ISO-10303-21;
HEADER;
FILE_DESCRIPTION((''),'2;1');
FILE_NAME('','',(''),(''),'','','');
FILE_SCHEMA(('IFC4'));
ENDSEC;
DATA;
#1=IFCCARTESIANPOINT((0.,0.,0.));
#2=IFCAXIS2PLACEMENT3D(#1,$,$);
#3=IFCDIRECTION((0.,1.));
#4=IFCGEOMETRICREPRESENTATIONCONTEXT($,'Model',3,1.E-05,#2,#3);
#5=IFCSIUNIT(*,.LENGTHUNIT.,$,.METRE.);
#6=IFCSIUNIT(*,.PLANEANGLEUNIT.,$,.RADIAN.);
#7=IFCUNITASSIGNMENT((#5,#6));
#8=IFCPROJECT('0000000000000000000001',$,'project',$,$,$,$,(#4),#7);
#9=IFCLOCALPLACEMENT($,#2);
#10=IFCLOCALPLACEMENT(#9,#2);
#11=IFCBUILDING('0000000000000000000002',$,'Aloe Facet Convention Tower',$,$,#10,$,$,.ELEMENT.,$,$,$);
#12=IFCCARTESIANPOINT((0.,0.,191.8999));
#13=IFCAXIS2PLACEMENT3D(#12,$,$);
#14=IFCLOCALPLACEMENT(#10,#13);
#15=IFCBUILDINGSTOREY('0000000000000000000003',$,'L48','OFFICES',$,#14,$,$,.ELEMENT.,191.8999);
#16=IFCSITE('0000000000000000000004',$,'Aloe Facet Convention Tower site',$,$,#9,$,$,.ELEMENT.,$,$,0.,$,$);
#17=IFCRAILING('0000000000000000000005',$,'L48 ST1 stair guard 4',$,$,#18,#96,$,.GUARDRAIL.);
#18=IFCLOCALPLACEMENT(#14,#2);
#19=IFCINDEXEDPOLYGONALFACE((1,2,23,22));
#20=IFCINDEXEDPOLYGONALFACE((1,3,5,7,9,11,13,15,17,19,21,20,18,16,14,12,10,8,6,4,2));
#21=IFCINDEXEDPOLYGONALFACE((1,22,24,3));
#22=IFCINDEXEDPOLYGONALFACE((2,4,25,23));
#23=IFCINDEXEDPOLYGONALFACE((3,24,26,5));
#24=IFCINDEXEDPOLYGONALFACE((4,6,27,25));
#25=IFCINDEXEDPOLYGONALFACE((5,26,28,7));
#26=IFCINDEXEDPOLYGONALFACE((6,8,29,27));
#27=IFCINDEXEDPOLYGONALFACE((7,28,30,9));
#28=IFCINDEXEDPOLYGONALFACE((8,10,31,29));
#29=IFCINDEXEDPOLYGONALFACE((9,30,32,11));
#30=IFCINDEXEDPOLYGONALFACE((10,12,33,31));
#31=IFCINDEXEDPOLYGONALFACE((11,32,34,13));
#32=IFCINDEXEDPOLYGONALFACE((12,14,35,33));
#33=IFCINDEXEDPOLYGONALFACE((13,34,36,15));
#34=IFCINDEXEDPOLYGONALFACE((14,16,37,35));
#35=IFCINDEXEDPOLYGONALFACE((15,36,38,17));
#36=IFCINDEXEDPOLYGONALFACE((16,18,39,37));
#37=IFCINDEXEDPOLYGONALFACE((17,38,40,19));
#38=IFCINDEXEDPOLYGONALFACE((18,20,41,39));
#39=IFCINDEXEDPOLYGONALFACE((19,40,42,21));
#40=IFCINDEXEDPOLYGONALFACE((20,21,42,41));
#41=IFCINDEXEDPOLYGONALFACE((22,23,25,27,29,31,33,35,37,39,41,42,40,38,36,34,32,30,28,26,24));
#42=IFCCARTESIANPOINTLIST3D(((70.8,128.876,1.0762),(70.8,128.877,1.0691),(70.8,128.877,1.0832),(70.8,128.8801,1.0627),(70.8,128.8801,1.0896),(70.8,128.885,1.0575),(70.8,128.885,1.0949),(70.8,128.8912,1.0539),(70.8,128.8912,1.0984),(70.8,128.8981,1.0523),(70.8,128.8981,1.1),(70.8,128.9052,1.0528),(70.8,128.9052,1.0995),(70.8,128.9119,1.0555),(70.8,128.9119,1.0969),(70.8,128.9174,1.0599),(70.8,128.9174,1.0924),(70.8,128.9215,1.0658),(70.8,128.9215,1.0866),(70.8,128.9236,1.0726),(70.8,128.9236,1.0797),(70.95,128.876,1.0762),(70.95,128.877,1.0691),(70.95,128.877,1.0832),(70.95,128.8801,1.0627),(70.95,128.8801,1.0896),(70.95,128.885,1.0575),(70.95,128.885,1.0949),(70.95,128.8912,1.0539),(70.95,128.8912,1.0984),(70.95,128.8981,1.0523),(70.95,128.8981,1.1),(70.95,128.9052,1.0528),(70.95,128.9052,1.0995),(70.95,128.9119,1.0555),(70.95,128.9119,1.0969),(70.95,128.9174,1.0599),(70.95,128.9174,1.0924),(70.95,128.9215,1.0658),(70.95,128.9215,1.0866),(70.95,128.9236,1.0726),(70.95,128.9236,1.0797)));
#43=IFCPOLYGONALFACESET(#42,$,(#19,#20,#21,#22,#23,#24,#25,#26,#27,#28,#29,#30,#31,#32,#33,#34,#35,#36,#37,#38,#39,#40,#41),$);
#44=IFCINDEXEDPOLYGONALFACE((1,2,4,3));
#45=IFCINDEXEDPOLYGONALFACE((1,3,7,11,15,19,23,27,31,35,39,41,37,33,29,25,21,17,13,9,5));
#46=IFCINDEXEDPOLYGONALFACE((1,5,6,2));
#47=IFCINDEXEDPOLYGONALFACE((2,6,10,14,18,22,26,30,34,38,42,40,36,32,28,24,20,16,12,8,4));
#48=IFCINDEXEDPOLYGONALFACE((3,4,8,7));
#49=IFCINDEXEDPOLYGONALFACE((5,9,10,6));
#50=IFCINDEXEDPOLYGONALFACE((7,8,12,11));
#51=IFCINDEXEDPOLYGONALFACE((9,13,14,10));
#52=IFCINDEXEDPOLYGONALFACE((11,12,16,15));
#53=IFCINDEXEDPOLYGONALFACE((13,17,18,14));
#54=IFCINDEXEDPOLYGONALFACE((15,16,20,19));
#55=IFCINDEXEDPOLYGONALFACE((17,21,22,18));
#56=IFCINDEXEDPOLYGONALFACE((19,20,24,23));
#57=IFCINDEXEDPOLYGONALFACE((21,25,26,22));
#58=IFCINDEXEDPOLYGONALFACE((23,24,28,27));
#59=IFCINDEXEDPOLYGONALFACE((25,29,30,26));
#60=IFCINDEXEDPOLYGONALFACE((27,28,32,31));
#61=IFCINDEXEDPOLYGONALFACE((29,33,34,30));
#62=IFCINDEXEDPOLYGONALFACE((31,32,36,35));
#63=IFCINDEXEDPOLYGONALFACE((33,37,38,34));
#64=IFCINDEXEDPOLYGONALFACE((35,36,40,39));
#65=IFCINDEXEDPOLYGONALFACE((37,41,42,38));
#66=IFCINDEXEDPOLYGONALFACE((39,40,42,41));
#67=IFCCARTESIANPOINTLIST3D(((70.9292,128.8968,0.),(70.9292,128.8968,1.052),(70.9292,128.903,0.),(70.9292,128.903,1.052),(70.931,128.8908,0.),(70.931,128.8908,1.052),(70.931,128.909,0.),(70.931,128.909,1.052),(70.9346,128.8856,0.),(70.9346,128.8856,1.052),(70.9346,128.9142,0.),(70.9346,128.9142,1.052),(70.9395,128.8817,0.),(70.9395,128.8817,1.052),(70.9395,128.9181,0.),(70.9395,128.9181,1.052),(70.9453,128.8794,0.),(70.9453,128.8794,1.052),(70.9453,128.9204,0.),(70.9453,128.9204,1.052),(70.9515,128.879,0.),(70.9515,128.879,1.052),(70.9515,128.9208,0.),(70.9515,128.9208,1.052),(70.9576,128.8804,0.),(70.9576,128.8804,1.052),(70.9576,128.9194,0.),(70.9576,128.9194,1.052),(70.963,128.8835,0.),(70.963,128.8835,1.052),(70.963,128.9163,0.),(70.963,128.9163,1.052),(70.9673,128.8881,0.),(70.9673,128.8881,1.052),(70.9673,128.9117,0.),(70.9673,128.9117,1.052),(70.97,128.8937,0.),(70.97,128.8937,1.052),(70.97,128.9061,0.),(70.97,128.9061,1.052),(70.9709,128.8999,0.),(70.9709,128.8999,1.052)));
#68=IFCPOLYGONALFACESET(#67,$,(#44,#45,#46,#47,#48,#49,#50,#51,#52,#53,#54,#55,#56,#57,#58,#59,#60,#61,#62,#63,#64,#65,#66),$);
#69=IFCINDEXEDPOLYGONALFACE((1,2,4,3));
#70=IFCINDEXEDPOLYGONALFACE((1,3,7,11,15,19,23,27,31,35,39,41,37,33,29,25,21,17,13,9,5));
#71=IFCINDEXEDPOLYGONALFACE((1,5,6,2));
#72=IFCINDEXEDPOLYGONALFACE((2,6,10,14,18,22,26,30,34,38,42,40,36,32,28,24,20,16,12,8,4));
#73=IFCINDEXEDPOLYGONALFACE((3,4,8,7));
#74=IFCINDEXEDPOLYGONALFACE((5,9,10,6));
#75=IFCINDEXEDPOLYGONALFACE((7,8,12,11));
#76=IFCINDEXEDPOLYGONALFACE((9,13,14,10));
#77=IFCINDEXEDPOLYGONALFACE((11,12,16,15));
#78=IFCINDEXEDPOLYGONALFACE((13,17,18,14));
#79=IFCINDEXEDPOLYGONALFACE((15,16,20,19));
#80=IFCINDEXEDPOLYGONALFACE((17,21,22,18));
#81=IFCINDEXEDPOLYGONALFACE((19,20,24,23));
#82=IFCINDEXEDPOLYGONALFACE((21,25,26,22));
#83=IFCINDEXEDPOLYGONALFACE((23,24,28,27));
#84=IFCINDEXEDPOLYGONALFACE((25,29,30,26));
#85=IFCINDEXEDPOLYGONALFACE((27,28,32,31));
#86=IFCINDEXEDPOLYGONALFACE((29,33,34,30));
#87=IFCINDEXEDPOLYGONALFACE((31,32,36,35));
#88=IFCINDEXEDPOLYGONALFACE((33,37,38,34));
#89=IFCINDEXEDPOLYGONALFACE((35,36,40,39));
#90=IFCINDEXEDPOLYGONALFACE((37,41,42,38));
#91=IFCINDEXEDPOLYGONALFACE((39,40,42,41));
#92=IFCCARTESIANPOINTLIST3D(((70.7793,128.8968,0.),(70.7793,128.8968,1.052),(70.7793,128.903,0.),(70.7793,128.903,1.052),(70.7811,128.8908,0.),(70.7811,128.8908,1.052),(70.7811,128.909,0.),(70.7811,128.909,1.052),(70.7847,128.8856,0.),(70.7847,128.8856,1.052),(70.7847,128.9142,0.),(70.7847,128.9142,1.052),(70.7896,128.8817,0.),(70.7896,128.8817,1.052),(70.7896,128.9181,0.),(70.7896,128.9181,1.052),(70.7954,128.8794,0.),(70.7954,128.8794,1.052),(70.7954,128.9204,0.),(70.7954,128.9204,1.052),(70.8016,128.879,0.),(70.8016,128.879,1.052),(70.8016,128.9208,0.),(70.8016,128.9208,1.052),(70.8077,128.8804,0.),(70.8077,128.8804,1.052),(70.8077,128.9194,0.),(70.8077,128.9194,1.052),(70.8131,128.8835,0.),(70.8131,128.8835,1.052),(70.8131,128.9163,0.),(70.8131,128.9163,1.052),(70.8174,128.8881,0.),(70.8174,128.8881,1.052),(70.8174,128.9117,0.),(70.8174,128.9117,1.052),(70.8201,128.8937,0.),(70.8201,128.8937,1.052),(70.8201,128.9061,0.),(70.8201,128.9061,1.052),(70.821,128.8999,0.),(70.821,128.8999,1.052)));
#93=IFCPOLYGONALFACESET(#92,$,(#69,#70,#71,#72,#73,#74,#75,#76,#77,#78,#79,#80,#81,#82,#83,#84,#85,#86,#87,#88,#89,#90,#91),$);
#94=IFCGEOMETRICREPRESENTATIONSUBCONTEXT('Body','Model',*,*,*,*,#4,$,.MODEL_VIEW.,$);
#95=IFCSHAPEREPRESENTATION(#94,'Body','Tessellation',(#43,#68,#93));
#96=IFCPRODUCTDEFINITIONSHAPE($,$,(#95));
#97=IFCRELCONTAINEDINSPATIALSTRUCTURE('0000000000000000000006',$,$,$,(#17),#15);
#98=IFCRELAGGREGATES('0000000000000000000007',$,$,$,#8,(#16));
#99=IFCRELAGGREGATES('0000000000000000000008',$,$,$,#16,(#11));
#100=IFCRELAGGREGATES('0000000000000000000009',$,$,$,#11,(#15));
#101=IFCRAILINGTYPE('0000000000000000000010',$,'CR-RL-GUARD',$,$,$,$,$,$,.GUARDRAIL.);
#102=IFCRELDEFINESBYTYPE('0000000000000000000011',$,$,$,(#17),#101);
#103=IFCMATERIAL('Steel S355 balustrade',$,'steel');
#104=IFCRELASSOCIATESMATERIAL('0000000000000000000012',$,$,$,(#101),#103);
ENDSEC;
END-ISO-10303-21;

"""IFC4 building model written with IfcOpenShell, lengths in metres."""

from ifc_helpers import new_model, si_unit, direction, frame, origin, origin_2d, place, context, subcontext, project, spatial, circle, extrude, material, type_object, element, save


model = new_model("IFC4")

# Units and contexts
model_context = context("Model", 3, precision=1e-05, world=origin(), true_north=direction((0.0, 1.0)))
body_context = subcontext(model_context, "Body", "Model", "MODEL_VIEW")
ifc_project = project(units=[si_unit("LENGTHUNIT", "METRE"), si_unit("PLANEANGLEUNIT", "RADIAN")], contexts=[model_context])

# Site, building, storey
site_placement = place(None, origin())
site = spatial("IfcSite", under=ifc_project, at=site_placement, Name="Aloe Facet Convention Tower site", CompositionType="ELEMENT", RefElevation=0.0)
building_placement = place(site_placement, origin())
building = spatial("IfcBuilding", under=site, at=building_placement, Name="Aloe Facet Convention Tower", CompositionType="ELEMENT")
storey_placement = place(building_placement, frame((0.0, 0.0, 191.8999)))
storey = spatial("IfcBuildingStorey", under=building, at=storey_placement, Name="L48", Description="OFFICES", CompositionType="ELEMENT", Elevation=191.8999)

# Railing
ifc_material_1 = material(Name="Steel S355 balustrade", Category="steel")
railing_type_1 = type_object("IfcRailingType", Name="CR-RL-GUARD", PredefinedType="GUARDRAIL", material=ifc_material_1)
railing_1_placement = place(storey_placement, frame((70.95, 128.8999, 0.0)))
element("IfcRailing", 1, at=railing_1_placement, inside=storey, type_object=railing_type_1, Name="L48 ST1 stair guard 4", PredefinedType="GUARDRAIL", context=body_context, shape_type="SweptSolid", body=[
    extrude(circle(Radius=0.0239, at=origin_2d()), frame((0.0, 0.0, 1.0762), z_axis=(-1.0, 0.0, 0.0), x_axis=(0.0, -1.0, 0.0)), (0.0, 0.0, 1.0), 0.1499),
    extrude(circle(Radius=0.021, at=origin_2d()), origin(), (0.0, 0.0, 1.0), 1.052),
    extrude(circle(Radius=0.021, at=origin_2d()), frame((-0.1499, 0.0, 0.0)), (0.0, 0.0, 1.0), 1.052),
])

save(model, "model.ifc")
